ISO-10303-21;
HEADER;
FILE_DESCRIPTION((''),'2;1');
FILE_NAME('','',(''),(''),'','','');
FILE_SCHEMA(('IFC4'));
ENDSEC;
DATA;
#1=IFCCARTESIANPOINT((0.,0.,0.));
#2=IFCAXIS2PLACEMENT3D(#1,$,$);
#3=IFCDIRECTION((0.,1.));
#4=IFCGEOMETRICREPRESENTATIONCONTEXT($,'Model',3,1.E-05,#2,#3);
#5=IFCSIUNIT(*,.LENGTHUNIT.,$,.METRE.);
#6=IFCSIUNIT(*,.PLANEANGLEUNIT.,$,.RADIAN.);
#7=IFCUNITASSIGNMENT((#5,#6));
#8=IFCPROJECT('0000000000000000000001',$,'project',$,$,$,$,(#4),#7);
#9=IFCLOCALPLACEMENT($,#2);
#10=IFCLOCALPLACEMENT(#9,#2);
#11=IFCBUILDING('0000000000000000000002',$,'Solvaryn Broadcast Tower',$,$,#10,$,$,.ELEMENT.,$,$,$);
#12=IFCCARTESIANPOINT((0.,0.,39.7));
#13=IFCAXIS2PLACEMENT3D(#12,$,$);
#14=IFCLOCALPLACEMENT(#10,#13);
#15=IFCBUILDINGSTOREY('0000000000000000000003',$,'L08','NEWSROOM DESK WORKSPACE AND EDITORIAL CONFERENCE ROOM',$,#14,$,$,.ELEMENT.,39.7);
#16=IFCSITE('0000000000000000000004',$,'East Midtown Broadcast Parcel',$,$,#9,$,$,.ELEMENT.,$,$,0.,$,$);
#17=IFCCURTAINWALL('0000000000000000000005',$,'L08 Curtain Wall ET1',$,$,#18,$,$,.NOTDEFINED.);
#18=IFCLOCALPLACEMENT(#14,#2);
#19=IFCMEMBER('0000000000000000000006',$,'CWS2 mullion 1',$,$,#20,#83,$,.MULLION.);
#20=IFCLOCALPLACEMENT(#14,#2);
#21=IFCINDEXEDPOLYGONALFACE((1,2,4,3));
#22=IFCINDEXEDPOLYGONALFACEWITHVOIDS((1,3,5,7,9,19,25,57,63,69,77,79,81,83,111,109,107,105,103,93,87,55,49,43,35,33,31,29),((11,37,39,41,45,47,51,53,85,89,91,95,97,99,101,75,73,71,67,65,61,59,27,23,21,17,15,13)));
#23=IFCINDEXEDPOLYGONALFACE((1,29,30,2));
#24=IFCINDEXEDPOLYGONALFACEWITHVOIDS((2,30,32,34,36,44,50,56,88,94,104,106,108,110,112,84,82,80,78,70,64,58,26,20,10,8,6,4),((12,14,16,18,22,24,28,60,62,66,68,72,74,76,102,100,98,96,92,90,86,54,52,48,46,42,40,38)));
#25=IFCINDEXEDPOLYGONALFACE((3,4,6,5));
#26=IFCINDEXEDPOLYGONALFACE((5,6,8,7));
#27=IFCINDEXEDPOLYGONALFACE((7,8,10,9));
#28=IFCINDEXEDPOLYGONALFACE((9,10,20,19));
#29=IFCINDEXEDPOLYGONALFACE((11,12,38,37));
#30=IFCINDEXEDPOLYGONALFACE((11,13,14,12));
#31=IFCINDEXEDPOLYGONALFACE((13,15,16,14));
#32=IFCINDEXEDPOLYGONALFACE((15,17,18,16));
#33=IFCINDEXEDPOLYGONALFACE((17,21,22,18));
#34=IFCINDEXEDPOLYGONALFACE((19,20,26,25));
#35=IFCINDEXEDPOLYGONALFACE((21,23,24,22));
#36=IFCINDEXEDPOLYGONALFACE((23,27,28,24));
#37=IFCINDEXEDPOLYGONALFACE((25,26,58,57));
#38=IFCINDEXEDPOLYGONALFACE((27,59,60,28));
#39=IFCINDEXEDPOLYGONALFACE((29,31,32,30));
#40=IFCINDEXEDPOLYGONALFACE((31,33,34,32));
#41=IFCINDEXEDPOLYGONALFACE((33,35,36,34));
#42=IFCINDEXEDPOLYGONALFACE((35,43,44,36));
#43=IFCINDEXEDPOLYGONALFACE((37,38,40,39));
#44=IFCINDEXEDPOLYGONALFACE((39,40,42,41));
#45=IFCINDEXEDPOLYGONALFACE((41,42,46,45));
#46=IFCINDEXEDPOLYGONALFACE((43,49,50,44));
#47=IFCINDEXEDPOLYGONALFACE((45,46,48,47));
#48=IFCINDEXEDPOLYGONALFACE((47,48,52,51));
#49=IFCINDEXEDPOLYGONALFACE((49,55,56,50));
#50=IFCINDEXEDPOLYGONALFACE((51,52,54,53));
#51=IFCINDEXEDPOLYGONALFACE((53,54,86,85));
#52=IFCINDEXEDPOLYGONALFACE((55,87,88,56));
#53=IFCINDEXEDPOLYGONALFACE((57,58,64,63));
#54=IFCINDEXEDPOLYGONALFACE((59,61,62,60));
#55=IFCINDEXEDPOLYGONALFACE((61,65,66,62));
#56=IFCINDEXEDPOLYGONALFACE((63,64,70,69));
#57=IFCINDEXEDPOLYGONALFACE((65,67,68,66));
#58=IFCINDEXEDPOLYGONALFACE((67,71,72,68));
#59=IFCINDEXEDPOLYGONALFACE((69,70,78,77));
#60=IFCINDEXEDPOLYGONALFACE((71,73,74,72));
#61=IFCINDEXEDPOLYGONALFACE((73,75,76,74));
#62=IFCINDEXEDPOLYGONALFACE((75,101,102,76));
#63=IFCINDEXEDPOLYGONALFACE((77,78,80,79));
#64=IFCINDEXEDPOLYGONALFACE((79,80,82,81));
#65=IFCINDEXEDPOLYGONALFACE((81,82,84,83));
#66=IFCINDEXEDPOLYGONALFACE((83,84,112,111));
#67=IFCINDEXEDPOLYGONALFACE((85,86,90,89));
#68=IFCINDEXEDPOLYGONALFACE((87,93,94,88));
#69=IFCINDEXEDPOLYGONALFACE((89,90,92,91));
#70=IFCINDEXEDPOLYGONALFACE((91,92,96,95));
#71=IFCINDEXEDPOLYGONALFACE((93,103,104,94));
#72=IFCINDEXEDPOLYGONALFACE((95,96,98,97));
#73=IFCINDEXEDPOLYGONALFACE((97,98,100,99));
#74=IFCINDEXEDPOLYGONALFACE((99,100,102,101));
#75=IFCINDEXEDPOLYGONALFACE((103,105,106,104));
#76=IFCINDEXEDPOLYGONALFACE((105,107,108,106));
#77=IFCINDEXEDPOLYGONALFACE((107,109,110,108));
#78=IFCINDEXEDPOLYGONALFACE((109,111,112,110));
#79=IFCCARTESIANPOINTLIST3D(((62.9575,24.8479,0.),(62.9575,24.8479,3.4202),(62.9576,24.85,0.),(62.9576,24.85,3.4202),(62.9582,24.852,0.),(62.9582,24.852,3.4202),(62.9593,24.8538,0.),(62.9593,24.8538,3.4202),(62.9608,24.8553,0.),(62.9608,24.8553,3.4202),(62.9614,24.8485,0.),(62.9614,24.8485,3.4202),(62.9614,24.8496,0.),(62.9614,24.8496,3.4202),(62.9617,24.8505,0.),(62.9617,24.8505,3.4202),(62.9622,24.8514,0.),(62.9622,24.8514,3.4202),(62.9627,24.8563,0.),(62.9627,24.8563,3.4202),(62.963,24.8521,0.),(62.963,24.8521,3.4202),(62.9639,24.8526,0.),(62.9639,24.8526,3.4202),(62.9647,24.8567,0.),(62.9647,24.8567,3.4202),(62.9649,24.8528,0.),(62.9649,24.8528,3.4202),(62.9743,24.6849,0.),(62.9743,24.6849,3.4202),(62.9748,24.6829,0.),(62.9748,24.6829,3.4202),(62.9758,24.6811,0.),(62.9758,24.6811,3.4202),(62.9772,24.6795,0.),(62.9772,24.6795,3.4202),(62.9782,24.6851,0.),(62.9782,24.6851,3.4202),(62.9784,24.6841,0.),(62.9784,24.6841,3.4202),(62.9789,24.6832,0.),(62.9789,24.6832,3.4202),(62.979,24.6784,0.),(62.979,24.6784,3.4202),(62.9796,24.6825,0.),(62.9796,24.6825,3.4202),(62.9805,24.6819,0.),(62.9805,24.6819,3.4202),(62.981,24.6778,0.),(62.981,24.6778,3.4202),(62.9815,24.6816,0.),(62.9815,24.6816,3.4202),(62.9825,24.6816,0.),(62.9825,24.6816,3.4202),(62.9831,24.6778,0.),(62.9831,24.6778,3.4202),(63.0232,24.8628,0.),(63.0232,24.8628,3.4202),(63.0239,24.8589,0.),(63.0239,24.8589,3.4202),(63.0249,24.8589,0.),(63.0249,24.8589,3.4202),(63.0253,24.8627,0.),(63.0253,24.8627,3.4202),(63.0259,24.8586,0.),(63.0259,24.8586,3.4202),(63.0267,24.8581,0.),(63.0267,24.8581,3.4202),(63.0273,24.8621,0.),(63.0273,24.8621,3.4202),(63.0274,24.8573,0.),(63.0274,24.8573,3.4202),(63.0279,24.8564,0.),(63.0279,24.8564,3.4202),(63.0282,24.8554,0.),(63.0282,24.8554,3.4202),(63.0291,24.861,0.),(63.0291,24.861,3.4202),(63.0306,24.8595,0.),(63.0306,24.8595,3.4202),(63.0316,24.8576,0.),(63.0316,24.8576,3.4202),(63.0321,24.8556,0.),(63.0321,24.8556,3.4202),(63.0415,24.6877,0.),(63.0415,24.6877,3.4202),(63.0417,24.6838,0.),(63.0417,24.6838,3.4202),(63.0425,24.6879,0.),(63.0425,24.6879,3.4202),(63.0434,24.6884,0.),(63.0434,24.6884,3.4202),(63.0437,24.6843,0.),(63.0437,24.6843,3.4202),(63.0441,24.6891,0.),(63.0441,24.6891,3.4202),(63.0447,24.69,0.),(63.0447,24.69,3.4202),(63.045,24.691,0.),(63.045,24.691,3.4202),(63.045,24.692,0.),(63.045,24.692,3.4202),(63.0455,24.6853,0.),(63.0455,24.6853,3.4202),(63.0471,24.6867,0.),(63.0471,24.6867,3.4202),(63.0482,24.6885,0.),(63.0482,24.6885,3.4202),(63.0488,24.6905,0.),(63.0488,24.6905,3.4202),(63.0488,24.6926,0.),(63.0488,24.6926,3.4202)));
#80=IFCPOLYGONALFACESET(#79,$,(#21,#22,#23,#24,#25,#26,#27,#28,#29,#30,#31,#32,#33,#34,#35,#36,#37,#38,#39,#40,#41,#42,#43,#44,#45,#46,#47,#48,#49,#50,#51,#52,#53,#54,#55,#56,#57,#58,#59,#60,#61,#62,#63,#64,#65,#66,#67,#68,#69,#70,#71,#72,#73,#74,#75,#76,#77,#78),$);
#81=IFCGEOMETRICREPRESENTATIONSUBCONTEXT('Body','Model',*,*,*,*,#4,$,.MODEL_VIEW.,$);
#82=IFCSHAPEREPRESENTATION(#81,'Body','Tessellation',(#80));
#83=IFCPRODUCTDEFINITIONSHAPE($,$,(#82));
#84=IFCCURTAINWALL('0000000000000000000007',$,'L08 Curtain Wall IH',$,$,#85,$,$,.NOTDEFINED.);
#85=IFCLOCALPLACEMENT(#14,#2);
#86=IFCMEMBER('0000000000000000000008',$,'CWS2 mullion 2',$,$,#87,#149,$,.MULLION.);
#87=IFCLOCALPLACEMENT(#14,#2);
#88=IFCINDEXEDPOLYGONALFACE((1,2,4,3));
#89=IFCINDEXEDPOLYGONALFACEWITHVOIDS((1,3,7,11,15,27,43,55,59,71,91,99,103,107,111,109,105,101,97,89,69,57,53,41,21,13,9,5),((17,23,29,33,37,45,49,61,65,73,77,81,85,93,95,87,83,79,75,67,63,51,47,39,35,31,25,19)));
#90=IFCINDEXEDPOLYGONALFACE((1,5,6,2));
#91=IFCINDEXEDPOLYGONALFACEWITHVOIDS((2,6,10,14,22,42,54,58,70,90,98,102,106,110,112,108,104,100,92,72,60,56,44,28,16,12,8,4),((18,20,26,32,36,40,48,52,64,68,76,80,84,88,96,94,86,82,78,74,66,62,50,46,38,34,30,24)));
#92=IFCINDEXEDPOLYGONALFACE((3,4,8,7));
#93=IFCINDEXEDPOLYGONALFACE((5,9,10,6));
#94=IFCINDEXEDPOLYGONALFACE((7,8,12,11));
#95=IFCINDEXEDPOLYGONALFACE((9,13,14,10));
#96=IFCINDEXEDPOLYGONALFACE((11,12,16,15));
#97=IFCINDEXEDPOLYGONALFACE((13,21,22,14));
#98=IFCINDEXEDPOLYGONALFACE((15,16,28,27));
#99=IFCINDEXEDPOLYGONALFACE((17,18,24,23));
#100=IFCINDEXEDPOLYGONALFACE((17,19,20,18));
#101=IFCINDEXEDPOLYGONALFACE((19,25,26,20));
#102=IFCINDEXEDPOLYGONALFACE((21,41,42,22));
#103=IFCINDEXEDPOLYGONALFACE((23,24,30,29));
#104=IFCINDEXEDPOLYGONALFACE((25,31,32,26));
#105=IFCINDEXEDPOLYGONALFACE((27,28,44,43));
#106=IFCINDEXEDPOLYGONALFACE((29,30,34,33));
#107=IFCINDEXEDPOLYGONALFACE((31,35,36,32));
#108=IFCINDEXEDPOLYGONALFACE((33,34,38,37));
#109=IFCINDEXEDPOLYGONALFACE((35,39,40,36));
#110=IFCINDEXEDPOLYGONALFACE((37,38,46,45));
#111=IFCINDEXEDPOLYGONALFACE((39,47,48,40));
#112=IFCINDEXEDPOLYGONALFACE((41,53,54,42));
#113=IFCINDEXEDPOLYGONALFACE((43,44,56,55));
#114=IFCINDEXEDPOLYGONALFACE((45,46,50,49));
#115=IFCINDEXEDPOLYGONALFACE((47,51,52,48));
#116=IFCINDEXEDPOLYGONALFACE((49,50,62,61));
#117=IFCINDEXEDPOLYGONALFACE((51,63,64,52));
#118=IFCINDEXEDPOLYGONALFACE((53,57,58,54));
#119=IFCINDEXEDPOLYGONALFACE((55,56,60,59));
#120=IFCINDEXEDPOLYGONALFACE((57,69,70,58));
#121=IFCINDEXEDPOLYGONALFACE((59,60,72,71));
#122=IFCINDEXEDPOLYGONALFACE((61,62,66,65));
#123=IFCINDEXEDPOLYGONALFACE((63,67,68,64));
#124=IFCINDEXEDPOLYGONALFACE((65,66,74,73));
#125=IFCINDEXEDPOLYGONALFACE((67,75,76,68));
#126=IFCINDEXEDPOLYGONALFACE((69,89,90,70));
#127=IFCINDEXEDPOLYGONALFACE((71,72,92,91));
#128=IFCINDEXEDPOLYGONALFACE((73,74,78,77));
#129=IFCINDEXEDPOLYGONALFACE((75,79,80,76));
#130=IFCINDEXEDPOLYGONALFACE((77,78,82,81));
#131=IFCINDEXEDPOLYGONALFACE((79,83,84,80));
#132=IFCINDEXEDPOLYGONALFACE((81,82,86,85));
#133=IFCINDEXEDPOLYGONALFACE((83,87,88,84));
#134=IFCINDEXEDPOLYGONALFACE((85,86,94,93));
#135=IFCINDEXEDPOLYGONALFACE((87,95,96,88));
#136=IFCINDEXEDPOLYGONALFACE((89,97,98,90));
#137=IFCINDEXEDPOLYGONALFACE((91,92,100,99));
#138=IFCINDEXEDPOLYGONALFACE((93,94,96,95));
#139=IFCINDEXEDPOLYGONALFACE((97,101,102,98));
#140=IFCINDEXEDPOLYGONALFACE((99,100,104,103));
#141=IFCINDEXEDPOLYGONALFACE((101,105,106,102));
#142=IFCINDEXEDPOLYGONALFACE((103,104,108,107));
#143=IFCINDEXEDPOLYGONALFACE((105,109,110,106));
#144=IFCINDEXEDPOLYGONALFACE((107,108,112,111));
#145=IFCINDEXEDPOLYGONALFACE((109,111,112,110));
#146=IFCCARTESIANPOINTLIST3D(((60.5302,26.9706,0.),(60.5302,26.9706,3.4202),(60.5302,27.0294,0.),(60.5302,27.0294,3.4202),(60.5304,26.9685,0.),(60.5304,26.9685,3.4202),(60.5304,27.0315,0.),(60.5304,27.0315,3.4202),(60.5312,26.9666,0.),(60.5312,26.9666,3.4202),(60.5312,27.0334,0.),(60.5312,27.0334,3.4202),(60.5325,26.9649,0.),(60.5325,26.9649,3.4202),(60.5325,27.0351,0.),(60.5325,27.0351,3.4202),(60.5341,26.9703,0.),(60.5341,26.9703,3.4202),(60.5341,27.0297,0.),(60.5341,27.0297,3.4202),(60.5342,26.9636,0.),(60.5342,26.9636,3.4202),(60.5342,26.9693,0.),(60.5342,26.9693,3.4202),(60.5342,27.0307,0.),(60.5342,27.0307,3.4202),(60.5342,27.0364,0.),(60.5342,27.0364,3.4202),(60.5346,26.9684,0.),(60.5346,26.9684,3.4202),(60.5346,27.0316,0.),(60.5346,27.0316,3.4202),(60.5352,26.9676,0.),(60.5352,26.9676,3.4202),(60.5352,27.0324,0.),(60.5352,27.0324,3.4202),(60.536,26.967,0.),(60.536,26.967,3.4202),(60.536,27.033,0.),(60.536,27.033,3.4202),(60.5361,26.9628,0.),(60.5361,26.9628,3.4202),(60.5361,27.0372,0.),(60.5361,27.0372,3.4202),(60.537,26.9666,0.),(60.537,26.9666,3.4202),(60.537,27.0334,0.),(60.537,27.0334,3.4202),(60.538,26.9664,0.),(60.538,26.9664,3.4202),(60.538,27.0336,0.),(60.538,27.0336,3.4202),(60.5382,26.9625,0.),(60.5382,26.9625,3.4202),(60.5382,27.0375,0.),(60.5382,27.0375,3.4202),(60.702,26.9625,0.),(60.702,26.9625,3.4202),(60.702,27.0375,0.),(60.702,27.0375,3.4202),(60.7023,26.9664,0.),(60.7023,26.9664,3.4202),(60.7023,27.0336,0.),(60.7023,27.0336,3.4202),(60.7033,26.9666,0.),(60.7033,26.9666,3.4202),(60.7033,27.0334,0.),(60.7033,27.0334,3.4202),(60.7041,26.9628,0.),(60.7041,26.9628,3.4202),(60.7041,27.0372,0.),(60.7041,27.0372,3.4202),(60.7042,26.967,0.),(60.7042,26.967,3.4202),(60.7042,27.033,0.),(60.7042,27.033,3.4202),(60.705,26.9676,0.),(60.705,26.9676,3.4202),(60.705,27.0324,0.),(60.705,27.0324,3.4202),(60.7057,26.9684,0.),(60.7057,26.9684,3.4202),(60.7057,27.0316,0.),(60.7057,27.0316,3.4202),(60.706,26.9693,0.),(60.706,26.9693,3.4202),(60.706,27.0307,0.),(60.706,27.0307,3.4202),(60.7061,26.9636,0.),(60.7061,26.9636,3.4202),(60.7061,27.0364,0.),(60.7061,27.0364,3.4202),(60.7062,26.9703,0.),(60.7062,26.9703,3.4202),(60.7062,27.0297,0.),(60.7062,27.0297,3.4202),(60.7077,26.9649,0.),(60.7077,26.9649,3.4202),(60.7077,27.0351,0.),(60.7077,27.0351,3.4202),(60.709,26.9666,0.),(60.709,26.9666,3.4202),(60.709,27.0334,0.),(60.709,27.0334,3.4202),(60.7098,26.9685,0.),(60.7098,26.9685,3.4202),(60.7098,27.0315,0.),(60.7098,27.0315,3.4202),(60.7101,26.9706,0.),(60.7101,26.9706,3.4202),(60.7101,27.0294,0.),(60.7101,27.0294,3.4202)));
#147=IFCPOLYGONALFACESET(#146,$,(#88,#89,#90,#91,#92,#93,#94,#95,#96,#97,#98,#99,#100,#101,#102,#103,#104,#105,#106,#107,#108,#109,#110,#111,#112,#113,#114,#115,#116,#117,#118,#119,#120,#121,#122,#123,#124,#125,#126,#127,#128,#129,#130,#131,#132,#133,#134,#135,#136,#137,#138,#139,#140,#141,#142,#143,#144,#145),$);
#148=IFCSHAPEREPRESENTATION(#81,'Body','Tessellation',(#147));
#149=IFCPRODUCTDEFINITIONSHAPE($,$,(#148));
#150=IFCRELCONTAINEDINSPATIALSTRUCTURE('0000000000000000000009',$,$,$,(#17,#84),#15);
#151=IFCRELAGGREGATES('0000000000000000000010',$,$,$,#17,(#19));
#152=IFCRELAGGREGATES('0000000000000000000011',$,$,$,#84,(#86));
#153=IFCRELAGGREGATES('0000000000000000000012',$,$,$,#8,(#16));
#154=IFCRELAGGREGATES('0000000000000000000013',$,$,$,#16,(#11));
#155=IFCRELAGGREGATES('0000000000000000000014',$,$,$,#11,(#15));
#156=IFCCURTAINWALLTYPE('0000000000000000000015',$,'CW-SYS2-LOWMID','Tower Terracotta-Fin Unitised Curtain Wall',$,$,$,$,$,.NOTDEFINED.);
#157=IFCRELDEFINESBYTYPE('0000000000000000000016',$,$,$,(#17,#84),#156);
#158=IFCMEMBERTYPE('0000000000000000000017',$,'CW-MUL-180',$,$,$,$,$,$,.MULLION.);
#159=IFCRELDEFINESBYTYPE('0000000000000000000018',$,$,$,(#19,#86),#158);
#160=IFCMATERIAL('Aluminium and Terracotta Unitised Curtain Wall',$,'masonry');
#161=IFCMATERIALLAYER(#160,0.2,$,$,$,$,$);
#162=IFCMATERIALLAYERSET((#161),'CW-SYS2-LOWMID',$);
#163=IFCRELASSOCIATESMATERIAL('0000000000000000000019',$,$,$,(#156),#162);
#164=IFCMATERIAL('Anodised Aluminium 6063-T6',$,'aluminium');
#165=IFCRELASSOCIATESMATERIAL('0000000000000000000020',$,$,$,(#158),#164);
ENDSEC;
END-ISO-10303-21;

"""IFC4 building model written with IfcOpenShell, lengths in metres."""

from ifc_helpers import new_model, si_unit, direction, frame, origin, origin_2d, place, context, subcontext, project, spatial, hollow_rectangle, extrude, material, layer, layer_set, material_profile, profile_set, type_object, element, aggregate, save


model = new_model("IFC4")

# Units and contexts
model_context = context("Model", 3, precision=1e-05, world=origin(), true_north=direction((0.0, 1.0)))
body_context = subcontext(model_context, "Body", "Model", "MODEL_VIEW")
ifc_project = project(units=[si_unit("LENGTHUNIT", "METRE"), si_unit("PLANEANGLEUNIT", "RADIAN")], contexts=[model_context])

# Site, building, storey
site_placement = place(None, origin())
site = spatial("IfcSite", under=ifc_project, at=site_placement, Name="East Midtown Broadcast Parcel", CompositionType="ELEMENT", RefElevation=0.0)
building_placement = place(site_placement, origin())
building = spatial("IfcBuilding", under=site, at=building_placement, Name="Solvaryn Broadcast Tower", CompositionType="ELEMENT")
storey_placement = place(building_placement, frame((0.0, 0.0, 39.7)))
storey = spatial("IfcBuildingStorey", under=building, at=storey_placement, Name="L08", Description="NEWSROOM DESK WORKSPACE AND EDITORIAL CONFERENCE ROOM", CompositionType="ELEMENT", Elevation=39.7)

# Curtain walls, members
ifc_material_1 = material(Name="Aluminium and Terracotta Unitised Curtain Wall", Category="masonry")
ifc_layer_1 = layer(ifc_material_1, 0.2)
ifc_layer_set_1 = layer_set([ifc_layer_1], Name="CW-SYS2-LOWMID")
curtain_wall_type = type_object("IfcCurtainWallType", Name="CW-SYS2-LOWMID", Description="Tower Terracotta-Fin Unitised Curtain Wall", PredefinedType="NOTDEFINED", material=ifc_layer_set_1)
curtain_wall_1_placement = place(storey_placement, origin())
curtain_wall_1 = element("IfcCurtainWall", 1, at=curtain_wall_1_placement, inside=storey, type_object=curtain_wall_type, Name="L08 Curtain Wall ET1", PredefinedType="NOTDEFINED")
ifc_material_2 = material(Name="Anodised Aluminium 6063-T6", Category="aluminium")
ifc_material_profile_1 = material_profile(ifc_material_2, hollow_rectangle(XDim=0.075, YDim=0.1799, WallThickness=0.0039, InnerFilletRadius=0.0039, OuterFilletRadius=0.0081, at=origin_2d()))
ifc_profile_set_1 = profile_set([ifc_material_profile_1], Name="Anodised Aluminium 6063-T6")
member_type_1 = type_object("IfcMemberType", Name="CW-MUL-180", PredefinedType="MULLION", material=ifc_profile_set_1)
member_1_placement = place(storey_placement, frame((63.0032, 24.7703, 0.0), z_axis=(0.0, 0.0, 1.0), x_axis=(0.994743, 0.1024, 0.0)))
member_1 = element("IfcMember", 2, at=member_1_placement, type_object=member_type_1, Name="CWS2 mullion 1", PredefinedType="MULLION", context=body_context, shape_type="SweptSolid", body=[
    extrude(hollow_rectangle(XDim=0.075, YDim=0.1799, WallThickness=0.0039, InnerFilletRadius=0.0039, OuterFilletRadius=0.0081, at=origin_2d()), origin(), (0.0, 0.0, 1.0), 3.4202),
])
curtain_wall_2_placement = place(storey_placement, origin())
curtain_wall_2 = element("IfcCurtainWall", 3, at=curtain_wall_2_placement, inside=storey, type_object=curtain_wall_type, Name="L08 Curtain Wall IH", PredefinedType="NOTDEFINED")
member_2_placement = place(storey_placement, frame((60.6201, 27.0, 0.0), z_axis=(0.0, 0.0, 1.0), x_axis=(0.0, 1.0, 0.0)))
member_2 = element("IfcMember", 4, at=member_2_placement, type_object=member_type_1, Name="CWS2 mullion 2", PredefinedType="MULLION", context=body_context, shape_type="SweptSolid", body=[
    extrude(hollow_rectangle(XDim=0.075, YDim=0.1799, WallThickness=0.0039, InnerFilletRadius=0.0039, OuterFilletRadius=0.0081, at=origin_2d()), origin(), (0.0, 0.0, 1.0), 3.4202),
])

aggregate(curtain_wall_1, [member_1])
aggregate(curtain_wall_2, [member_2])

save(model, "model.ifc")
